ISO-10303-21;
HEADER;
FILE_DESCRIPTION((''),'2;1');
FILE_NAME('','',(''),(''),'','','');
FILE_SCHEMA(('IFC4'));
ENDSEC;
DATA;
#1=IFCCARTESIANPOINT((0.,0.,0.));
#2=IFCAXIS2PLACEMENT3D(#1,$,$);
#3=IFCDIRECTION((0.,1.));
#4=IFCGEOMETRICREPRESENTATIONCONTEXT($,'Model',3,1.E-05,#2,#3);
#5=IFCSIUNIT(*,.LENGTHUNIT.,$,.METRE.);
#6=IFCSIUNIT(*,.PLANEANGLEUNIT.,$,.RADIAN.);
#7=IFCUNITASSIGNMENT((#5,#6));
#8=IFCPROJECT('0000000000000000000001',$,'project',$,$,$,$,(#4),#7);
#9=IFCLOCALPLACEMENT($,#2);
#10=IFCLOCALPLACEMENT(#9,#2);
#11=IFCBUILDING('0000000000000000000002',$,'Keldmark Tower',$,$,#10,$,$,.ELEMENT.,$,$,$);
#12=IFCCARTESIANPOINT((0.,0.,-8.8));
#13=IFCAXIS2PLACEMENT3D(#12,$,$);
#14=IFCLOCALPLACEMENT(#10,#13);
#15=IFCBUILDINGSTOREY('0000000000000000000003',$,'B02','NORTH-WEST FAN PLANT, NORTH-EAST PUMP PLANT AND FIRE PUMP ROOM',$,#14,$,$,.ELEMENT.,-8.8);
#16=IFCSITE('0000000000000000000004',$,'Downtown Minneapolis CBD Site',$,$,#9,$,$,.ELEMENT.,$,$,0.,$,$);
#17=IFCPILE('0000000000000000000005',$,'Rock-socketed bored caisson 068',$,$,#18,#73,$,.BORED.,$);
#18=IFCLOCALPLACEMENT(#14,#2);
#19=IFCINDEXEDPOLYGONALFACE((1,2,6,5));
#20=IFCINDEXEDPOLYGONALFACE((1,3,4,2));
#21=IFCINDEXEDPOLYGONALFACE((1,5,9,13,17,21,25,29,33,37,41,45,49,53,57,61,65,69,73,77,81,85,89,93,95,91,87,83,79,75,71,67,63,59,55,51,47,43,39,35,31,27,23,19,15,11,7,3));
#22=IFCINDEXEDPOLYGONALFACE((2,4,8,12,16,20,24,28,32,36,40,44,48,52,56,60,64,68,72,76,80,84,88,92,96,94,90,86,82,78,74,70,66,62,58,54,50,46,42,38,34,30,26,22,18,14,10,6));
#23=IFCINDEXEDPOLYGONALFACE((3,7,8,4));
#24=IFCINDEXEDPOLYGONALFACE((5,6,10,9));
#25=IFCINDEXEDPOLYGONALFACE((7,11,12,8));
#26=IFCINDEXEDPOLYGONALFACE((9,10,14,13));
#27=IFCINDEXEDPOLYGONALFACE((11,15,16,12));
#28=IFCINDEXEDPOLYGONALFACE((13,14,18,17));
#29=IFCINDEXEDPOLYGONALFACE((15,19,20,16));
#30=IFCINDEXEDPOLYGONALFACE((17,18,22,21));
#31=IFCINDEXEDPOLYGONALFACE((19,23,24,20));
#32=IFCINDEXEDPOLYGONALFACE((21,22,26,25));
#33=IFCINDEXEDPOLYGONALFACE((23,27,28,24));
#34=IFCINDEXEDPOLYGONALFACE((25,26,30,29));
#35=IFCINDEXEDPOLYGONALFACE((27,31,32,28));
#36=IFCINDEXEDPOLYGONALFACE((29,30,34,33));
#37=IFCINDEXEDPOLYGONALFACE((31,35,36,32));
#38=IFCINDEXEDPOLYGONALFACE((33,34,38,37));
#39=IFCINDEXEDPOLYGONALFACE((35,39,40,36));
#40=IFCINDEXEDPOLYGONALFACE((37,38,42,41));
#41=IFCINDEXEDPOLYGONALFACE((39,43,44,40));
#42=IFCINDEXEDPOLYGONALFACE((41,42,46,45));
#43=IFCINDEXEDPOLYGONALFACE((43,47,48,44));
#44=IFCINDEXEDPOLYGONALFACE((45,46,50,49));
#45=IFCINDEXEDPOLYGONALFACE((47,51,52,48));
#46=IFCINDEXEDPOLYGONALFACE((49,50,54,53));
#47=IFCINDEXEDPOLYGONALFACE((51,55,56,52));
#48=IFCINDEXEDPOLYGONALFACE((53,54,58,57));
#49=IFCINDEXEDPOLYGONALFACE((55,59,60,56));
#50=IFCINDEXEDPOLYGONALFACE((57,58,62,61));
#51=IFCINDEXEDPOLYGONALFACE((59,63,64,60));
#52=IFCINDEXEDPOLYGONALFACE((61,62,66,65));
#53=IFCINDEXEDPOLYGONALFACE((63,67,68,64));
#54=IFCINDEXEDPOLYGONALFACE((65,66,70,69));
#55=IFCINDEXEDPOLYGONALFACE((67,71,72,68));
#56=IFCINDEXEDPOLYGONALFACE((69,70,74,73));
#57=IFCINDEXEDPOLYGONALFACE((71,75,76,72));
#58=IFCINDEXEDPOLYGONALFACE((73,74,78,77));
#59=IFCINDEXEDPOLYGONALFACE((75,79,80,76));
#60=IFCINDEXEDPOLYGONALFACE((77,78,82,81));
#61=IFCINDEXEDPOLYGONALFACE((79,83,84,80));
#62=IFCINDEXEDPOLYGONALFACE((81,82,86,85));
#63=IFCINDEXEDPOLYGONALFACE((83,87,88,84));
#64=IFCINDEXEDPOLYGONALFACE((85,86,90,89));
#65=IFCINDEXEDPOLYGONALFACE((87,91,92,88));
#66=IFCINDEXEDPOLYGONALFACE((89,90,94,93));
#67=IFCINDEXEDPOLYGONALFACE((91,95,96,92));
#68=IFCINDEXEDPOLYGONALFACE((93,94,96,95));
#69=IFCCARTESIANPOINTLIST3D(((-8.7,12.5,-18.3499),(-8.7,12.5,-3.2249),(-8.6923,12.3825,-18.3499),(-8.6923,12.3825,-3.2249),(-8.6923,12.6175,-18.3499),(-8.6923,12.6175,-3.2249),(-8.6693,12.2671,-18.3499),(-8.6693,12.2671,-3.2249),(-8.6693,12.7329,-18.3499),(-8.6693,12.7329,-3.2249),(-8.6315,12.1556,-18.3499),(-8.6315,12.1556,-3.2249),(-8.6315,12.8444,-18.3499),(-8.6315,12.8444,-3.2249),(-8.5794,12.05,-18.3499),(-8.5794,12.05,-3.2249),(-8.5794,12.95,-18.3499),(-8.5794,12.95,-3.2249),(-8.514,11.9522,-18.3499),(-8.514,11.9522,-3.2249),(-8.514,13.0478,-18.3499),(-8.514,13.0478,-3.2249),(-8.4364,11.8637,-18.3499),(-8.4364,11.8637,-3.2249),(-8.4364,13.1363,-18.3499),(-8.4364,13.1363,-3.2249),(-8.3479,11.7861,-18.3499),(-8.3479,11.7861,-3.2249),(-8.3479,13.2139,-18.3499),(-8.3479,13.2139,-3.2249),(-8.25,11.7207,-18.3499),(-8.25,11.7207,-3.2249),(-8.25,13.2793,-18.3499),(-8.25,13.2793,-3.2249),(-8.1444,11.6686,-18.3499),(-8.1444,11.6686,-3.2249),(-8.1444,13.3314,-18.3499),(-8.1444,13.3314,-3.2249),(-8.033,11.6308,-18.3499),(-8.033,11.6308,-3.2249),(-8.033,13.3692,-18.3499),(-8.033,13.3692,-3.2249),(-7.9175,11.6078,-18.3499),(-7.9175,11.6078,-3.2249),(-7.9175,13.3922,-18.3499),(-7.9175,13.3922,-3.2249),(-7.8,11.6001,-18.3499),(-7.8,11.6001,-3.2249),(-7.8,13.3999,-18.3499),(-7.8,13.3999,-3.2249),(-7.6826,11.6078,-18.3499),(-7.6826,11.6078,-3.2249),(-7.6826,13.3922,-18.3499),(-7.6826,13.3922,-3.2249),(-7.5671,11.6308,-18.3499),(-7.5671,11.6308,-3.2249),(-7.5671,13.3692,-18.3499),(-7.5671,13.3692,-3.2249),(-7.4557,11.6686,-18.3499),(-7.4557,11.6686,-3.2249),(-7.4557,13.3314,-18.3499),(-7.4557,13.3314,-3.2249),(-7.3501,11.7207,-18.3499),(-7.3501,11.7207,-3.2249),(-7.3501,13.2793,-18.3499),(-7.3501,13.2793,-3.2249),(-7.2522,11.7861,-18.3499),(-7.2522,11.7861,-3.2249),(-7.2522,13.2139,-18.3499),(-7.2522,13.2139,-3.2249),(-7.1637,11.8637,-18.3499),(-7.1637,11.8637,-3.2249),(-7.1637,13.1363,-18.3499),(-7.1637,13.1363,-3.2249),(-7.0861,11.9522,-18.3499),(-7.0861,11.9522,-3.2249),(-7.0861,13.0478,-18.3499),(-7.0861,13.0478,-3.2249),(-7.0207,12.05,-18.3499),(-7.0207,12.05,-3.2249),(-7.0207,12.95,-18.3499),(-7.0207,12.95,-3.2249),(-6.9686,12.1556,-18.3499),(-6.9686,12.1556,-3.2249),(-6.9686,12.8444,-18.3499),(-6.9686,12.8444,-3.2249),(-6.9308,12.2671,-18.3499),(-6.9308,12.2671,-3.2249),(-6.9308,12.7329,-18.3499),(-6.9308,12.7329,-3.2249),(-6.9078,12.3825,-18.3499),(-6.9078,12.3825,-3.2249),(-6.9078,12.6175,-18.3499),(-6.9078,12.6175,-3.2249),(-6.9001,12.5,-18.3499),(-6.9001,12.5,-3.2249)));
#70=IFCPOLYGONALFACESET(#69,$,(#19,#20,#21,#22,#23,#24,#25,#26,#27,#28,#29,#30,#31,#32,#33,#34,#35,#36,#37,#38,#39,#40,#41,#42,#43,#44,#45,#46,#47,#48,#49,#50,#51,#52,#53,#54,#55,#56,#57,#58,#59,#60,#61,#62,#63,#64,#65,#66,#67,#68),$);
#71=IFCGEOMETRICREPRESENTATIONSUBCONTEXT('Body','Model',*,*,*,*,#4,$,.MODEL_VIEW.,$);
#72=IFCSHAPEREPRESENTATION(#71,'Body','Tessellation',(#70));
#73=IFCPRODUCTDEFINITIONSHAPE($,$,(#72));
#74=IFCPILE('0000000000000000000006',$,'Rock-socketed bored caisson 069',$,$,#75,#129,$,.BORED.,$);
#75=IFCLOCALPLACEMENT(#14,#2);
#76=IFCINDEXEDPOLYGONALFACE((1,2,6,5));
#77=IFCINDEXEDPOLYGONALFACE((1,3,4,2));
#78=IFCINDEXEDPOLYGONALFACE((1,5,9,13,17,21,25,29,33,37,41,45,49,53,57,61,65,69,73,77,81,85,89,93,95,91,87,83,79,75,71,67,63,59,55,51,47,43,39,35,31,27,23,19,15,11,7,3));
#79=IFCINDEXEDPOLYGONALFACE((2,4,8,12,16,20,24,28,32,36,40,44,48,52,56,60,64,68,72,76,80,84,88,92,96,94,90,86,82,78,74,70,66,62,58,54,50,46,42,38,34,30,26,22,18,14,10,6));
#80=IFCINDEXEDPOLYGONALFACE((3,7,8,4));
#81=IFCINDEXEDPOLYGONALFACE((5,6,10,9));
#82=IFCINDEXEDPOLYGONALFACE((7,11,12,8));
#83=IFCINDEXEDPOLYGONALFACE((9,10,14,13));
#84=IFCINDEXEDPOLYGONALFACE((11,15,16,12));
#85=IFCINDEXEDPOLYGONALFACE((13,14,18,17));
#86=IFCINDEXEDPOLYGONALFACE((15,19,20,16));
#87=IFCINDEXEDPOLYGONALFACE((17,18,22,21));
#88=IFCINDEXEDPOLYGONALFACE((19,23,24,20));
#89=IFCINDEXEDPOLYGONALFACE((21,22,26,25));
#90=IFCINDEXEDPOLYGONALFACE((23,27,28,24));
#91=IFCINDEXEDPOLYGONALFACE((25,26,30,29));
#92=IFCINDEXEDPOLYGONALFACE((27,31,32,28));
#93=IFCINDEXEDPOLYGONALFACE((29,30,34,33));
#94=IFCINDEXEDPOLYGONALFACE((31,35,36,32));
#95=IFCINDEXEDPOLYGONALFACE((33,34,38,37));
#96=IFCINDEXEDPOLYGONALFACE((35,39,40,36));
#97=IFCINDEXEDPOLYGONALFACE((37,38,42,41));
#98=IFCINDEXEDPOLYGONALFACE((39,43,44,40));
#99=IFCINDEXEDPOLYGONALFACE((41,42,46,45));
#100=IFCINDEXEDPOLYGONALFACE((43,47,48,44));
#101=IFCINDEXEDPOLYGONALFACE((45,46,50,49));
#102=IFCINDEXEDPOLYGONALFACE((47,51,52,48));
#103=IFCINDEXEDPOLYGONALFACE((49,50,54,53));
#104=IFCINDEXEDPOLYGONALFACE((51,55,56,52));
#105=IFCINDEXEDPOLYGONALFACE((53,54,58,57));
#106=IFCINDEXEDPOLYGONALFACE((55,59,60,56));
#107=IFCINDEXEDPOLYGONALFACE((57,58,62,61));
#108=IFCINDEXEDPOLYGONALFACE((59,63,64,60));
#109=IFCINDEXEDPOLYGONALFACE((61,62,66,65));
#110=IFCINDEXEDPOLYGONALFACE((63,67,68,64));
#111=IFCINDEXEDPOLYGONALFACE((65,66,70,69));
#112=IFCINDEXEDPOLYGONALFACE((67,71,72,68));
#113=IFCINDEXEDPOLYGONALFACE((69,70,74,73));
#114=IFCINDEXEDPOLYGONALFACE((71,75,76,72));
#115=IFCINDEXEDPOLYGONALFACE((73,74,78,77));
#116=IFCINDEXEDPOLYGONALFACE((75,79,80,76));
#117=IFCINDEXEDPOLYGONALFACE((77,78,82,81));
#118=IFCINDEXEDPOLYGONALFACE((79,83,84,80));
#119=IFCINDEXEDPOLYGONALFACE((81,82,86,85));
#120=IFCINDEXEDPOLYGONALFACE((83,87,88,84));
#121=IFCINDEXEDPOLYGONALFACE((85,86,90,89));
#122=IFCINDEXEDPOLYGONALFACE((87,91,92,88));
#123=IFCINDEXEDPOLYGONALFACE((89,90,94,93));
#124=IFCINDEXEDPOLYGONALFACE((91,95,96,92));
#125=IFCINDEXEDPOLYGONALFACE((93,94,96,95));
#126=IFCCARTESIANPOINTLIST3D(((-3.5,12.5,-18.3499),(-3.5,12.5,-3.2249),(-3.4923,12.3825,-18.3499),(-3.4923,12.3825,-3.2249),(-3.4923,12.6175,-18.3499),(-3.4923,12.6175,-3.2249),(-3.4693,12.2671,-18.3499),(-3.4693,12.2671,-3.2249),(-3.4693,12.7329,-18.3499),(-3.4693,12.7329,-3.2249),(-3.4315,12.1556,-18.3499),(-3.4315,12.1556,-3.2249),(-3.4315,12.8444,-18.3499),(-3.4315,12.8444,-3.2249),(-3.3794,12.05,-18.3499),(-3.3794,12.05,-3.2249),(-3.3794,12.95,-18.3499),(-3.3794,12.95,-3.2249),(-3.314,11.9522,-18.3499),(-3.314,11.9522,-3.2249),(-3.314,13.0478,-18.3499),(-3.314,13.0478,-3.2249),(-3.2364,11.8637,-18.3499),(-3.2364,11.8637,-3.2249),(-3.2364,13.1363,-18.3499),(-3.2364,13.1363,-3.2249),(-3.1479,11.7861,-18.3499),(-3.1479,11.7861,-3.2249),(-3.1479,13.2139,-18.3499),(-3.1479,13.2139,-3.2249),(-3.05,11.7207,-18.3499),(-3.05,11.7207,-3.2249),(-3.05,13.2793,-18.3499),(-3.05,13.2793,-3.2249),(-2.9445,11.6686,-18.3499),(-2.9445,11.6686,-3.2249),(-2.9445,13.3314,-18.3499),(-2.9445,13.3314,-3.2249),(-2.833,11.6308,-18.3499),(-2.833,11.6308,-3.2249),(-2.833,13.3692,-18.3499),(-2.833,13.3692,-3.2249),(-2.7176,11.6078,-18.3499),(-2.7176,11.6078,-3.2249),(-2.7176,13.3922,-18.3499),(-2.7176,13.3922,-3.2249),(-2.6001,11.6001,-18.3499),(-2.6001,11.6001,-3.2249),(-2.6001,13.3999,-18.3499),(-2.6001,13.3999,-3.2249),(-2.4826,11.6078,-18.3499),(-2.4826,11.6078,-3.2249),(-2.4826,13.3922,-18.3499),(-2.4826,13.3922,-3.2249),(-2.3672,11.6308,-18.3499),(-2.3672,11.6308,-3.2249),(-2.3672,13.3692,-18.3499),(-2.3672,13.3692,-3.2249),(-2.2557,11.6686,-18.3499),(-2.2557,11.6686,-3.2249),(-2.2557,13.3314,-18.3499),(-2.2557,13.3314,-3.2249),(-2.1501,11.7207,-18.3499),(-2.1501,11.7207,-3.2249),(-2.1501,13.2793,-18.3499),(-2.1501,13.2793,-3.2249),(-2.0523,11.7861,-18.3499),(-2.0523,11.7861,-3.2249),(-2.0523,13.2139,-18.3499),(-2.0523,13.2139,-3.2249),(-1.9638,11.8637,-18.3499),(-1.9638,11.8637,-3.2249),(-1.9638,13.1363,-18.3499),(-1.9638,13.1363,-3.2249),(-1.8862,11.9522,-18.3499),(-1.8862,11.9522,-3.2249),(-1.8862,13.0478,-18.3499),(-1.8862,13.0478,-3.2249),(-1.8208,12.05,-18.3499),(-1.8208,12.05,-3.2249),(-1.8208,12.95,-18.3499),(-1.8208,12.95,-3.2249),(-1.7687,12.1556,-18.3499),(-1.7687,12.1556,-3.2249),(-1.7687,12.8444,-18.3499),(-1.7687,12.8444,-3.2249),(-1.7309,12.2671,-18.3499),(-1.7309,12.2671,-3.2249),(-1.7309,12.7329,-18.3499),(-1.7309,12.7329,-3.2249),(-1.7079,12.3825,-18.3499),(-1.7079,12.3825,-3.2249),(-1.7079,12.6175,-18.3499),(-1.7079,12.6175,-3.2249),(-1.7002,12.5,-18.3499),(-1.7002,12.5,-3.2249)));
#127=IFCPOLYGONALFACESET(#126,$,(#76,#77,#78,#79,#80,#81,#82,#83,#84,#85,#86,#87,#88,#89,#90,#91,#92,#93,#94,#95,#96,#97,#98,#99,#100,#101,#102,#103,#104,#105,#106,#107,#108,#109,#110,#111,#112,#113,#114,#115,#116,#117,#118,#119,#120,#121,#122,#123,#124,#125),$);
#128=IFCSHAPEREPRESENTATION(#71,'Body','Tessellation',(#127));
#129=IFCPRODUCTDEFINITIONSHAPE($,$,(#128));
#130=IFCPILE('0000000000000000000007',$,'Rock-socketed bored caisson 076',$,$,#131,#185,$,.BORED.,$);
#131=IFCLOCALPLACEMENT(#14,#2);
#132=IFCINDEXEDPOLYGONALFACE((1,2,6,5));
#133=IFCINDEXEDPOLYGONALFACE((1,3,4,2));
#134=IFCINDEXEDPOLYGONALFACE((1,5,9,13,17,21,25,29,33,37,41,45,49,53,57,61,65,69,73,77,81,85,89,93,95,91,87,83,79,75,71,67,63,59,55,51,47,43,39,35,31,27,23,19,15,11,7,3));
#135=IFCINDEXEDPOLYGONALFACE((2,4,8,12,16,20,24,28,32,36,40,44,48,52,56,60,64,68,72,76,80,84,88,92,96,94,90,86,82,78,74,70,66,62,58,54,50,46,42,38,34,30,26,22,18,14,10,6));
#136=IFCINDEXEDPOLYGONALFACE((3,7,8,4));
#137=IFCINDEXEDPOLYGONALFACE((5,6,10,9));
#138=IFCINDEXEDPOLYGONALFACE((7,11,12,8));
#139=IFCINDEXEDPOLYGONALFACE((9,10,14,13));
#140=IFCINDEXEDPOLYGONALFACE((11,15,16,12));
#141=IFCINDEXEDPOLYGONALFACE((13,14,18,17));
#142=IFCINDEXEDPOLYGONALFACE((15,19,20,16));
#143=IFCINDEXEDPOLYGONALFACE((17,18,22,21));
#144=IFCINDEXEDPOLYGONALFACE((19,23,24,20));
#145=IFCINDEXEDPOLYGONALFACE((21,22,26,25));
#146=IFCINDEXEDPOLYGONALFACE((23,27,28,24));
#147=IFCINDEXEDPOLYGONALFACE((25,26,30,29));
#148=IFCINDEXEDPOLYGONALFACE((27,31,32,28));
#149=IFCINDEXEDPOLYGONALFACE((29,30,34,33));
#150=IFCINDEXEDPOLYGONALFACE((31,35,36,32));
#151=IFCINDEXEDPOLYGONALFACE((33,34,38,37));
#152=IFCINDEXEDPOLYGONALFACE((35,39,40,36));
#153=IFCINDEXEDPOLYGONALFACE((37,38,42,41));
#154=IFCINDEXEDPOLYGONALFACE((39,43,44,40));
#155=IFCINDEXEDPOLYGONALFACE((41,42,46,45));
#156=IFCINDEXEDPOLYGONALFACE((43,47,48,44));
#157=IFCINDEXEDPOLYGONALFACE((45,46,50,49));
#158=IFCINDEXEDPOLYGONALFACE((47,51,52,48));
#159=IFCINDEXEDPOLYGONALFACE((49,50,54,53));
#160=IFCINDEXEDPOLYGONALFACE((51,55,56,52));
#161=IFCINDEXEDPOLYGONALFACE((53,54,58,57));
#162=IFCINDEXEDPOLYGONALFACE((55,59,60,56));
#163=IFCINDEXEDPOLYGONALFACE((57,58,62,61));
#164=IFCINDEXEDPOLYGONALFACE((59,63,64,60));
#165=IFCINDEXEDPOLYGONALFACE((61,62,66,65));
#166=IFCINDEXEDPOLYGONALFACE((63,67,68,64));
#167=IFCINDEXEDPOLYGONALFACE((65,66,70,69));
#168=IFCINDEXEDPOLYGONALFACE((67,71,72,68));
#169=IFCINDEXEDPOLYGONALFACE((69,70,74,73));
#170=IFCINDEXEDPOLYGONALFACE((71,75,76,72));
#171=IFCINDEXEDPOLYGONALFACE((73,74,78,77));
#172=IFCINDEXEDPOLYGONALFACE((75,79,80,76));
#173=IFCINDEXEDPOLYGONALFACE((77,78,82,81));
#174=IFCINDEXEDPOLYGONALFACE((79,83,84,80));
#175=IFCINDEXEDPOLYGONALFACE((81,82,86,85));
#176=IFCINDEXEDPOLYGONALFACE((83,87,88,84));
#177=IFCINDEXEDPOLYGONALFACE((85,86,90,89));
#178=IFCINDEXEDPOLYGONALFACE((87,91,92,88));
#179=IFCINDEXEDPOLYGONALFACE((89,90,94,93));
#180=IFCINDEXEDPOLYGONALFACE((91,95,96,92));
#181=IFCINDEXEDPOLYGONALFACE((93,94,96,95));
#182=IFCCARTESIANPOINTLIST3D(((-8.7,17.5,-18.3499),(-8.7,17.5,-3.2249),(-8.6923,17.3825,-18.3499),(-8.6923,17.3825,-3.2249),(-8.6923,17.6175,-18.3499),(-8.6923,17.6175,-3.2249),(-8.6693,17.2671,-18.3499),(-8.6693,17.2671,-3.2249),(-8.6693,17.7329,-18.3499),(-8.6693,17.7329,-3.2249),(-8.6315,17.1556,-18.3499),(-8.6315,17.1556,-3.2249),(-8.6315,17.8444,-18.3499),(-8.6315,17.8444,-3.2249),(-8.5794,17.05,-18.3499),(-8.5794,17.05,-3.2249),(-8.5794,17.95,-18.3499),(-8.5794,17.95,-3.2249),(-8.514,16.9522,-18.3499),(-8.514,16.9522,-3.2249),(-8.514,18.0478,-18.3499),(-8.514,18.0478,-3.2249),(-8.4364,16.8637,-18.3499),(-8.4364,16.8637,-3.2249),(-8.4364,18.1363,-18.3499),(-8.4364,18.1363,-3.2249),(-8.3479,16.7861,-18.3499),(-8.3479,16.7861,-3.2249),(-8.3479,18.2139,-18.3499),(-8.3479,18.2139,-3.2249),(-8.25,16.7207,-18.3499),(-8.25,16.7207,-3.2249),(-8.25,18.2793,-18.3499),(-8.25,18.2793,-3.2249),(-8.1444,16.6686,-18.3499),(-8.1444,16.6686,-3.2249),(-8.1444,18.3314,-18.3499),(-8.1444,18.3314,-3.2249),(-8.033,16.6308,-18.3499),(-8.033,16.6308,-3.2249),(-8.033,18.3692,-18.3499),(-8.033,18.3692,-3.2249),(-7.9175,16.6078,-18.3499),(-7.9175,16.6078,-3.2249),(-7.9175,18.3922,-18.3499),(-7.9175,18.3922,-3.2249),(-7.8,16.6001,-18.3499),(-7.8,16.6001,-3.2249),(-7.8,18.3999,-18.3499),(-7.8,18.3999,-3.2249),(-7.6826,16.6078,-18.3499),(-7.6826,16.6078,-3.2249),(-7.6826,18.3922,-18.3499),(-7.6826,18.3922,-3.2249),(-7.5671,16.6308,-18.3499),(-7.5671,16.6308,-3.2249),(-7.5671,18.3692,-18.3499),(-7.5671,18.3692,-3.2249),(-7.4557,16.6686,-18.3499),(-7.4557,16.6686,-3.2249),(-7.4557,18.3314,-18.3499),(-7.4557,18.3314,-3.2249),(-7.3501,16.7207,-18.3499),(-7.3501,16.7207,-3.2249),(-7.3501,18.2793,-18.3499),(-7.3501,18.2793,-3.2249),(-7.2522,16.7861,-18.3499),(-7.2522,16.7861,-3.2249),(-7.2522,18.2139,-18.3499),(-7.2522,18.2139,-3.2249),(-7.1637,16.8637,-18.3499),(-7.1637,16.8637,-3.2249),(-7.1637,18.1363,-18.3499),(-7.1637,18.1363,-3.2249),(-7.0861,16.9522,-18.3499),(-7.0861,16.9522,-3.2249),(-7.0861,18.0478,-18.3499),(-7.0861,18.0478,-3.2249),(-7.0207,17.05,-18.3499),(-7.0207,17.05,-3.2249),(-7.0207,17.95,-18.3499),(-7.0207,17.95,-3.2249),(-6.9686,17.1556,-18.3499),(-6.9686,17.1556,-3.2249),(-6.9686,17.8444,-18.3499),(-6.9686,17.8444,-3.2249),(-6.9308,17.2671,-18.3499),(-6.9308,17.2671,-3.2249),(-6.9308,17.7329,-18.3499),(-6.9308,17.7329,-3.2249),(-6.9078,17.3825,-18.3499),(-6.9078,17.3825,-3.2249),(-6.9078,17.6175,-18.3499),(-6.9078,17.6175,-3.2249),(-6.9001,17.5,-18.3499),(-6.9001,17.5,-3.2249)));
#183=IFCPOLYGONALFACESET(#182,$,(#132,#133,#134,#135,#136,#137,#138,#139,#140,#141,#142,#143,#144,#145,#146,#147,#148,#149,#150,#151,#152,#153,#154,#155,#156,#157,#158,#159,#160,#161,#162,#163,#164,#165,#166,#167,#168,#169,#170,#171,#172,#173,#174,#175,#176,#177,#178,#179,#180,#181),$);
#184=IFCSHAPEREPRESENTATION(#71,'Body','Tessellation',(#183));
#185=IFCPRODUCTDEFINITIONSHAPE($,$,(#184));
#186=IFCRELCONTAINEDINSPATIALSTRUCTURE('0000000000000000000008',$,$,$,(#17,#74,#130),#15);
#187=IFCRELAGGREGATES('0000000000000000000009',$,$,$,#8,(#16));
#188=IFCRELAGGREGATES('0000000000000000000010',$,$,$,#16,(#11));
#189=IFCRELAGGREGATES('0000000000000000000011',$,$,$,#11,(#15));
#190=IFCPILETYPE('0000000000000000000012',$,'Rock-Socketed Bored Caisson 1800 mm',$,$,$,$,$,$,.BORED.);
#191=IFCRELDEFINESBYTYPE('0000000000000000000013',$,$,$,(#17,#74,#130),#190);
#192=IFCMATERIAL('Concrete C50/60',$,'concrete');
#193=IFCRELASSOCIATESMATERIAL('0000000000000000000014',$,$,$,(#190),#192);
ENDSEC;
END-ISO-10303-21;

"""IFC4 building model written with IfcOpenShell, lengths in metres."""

from ifc_helpers import new_model, si_unit, direction, frame, origin, origin_2d, place, context, subcontext, project, spatial, circle, extrude, material, material_profile, profile_set, type_object, element, save


model = new_model("IFC4")

# Units and contexts
model_context = context("Model", 3, precision=1e-05, world=origin(), true_north=direction((0.0, 1.0)))
body_context = subcontext(model_context, "Body", "Model", "MODEL_VIEW")
ifc_project = project(units=[si_unit("LENGTHUNIT", "METRE"), si_unit("PLANEANGLEUNIT", "RADIAN")], contexts=[model_context])

# Site, building, storey
site_placement = place(None, origin())
site = spatial("IfcSite", under=ifc_project, at=site_placement, Name="Downtown Minneapolis CBD Site", CompositionType="ELEMENT", RefElevation=0.0)
building_placement = place(site_placement, origin())
building = spatial("IfcBuilding", under=site, at=building_placement, Name="Keldmark Tower", CompositionType="ELEMENT")
storey_placement = place(building_placement, frame((0.0, 0.0, -8.8)))
storey = spatial("IfcBuildingStorey", under=building, at=storey_placement, Name="B02", Description="NORTH-WEST FAN PLANT, NORTH-EAST PUMP PLANT AND FIRE PUMP ROOM", CompositionType="ELEMENT", Elevation=-8.8)

# Piles
ifc_material_1 = material(Name="Concrete C50/60", Category="concrete")
ifc_material_profile_1 = material_profile(ifc_material_1, circle(Radius=0.8999, at=origin_2d()), Name="CAISSON1800")
ifc_profile_set_1 = profile_set([ifc_material_profile_1], Name="Concrete C50/60")
pile_type = type_object("IfcPileType", Name="Rock-Socketed Bored Caisson 1800 mm", PredefinedType="BORED", material=ifc_profile_set_1)
for number, where, z_axis, x_axis, name in (
    (1, (-7.8, 12.5, -3.2249), (0.0, 0.0, -1.0), (1.0, 0.0, 0.0), "Rock-socketed bored caisson 068"),
    (2, (-2.6001, 12.5, -3.2249), (0.0, 0.0, -1.0), (1.0, 0.0, 0.0), "Rock-socketed bored caisson 069"),
    (3, (-7.8, 17.5, -3.2249), (0.0, 0.0, -1.0), (1.0, 0.0, 0.0), "Rock-socketed bored caisson 076"),
):
    element("IfcPile", number, at=place(storey_placement, frame(where, z_axis=z_axis, x_axis=x_axis)), inside=storey, type_object=pile_type, Name=name, PredefinedType="BORED", context=body_context, shape_type="SweptSolid", body=[
        extrude(circle(Radius=0.8999, at=origin_2d()), origin(), (0.0, 0.0, 1.0), 15.125),
    ])

save(model, "model.ifc")
